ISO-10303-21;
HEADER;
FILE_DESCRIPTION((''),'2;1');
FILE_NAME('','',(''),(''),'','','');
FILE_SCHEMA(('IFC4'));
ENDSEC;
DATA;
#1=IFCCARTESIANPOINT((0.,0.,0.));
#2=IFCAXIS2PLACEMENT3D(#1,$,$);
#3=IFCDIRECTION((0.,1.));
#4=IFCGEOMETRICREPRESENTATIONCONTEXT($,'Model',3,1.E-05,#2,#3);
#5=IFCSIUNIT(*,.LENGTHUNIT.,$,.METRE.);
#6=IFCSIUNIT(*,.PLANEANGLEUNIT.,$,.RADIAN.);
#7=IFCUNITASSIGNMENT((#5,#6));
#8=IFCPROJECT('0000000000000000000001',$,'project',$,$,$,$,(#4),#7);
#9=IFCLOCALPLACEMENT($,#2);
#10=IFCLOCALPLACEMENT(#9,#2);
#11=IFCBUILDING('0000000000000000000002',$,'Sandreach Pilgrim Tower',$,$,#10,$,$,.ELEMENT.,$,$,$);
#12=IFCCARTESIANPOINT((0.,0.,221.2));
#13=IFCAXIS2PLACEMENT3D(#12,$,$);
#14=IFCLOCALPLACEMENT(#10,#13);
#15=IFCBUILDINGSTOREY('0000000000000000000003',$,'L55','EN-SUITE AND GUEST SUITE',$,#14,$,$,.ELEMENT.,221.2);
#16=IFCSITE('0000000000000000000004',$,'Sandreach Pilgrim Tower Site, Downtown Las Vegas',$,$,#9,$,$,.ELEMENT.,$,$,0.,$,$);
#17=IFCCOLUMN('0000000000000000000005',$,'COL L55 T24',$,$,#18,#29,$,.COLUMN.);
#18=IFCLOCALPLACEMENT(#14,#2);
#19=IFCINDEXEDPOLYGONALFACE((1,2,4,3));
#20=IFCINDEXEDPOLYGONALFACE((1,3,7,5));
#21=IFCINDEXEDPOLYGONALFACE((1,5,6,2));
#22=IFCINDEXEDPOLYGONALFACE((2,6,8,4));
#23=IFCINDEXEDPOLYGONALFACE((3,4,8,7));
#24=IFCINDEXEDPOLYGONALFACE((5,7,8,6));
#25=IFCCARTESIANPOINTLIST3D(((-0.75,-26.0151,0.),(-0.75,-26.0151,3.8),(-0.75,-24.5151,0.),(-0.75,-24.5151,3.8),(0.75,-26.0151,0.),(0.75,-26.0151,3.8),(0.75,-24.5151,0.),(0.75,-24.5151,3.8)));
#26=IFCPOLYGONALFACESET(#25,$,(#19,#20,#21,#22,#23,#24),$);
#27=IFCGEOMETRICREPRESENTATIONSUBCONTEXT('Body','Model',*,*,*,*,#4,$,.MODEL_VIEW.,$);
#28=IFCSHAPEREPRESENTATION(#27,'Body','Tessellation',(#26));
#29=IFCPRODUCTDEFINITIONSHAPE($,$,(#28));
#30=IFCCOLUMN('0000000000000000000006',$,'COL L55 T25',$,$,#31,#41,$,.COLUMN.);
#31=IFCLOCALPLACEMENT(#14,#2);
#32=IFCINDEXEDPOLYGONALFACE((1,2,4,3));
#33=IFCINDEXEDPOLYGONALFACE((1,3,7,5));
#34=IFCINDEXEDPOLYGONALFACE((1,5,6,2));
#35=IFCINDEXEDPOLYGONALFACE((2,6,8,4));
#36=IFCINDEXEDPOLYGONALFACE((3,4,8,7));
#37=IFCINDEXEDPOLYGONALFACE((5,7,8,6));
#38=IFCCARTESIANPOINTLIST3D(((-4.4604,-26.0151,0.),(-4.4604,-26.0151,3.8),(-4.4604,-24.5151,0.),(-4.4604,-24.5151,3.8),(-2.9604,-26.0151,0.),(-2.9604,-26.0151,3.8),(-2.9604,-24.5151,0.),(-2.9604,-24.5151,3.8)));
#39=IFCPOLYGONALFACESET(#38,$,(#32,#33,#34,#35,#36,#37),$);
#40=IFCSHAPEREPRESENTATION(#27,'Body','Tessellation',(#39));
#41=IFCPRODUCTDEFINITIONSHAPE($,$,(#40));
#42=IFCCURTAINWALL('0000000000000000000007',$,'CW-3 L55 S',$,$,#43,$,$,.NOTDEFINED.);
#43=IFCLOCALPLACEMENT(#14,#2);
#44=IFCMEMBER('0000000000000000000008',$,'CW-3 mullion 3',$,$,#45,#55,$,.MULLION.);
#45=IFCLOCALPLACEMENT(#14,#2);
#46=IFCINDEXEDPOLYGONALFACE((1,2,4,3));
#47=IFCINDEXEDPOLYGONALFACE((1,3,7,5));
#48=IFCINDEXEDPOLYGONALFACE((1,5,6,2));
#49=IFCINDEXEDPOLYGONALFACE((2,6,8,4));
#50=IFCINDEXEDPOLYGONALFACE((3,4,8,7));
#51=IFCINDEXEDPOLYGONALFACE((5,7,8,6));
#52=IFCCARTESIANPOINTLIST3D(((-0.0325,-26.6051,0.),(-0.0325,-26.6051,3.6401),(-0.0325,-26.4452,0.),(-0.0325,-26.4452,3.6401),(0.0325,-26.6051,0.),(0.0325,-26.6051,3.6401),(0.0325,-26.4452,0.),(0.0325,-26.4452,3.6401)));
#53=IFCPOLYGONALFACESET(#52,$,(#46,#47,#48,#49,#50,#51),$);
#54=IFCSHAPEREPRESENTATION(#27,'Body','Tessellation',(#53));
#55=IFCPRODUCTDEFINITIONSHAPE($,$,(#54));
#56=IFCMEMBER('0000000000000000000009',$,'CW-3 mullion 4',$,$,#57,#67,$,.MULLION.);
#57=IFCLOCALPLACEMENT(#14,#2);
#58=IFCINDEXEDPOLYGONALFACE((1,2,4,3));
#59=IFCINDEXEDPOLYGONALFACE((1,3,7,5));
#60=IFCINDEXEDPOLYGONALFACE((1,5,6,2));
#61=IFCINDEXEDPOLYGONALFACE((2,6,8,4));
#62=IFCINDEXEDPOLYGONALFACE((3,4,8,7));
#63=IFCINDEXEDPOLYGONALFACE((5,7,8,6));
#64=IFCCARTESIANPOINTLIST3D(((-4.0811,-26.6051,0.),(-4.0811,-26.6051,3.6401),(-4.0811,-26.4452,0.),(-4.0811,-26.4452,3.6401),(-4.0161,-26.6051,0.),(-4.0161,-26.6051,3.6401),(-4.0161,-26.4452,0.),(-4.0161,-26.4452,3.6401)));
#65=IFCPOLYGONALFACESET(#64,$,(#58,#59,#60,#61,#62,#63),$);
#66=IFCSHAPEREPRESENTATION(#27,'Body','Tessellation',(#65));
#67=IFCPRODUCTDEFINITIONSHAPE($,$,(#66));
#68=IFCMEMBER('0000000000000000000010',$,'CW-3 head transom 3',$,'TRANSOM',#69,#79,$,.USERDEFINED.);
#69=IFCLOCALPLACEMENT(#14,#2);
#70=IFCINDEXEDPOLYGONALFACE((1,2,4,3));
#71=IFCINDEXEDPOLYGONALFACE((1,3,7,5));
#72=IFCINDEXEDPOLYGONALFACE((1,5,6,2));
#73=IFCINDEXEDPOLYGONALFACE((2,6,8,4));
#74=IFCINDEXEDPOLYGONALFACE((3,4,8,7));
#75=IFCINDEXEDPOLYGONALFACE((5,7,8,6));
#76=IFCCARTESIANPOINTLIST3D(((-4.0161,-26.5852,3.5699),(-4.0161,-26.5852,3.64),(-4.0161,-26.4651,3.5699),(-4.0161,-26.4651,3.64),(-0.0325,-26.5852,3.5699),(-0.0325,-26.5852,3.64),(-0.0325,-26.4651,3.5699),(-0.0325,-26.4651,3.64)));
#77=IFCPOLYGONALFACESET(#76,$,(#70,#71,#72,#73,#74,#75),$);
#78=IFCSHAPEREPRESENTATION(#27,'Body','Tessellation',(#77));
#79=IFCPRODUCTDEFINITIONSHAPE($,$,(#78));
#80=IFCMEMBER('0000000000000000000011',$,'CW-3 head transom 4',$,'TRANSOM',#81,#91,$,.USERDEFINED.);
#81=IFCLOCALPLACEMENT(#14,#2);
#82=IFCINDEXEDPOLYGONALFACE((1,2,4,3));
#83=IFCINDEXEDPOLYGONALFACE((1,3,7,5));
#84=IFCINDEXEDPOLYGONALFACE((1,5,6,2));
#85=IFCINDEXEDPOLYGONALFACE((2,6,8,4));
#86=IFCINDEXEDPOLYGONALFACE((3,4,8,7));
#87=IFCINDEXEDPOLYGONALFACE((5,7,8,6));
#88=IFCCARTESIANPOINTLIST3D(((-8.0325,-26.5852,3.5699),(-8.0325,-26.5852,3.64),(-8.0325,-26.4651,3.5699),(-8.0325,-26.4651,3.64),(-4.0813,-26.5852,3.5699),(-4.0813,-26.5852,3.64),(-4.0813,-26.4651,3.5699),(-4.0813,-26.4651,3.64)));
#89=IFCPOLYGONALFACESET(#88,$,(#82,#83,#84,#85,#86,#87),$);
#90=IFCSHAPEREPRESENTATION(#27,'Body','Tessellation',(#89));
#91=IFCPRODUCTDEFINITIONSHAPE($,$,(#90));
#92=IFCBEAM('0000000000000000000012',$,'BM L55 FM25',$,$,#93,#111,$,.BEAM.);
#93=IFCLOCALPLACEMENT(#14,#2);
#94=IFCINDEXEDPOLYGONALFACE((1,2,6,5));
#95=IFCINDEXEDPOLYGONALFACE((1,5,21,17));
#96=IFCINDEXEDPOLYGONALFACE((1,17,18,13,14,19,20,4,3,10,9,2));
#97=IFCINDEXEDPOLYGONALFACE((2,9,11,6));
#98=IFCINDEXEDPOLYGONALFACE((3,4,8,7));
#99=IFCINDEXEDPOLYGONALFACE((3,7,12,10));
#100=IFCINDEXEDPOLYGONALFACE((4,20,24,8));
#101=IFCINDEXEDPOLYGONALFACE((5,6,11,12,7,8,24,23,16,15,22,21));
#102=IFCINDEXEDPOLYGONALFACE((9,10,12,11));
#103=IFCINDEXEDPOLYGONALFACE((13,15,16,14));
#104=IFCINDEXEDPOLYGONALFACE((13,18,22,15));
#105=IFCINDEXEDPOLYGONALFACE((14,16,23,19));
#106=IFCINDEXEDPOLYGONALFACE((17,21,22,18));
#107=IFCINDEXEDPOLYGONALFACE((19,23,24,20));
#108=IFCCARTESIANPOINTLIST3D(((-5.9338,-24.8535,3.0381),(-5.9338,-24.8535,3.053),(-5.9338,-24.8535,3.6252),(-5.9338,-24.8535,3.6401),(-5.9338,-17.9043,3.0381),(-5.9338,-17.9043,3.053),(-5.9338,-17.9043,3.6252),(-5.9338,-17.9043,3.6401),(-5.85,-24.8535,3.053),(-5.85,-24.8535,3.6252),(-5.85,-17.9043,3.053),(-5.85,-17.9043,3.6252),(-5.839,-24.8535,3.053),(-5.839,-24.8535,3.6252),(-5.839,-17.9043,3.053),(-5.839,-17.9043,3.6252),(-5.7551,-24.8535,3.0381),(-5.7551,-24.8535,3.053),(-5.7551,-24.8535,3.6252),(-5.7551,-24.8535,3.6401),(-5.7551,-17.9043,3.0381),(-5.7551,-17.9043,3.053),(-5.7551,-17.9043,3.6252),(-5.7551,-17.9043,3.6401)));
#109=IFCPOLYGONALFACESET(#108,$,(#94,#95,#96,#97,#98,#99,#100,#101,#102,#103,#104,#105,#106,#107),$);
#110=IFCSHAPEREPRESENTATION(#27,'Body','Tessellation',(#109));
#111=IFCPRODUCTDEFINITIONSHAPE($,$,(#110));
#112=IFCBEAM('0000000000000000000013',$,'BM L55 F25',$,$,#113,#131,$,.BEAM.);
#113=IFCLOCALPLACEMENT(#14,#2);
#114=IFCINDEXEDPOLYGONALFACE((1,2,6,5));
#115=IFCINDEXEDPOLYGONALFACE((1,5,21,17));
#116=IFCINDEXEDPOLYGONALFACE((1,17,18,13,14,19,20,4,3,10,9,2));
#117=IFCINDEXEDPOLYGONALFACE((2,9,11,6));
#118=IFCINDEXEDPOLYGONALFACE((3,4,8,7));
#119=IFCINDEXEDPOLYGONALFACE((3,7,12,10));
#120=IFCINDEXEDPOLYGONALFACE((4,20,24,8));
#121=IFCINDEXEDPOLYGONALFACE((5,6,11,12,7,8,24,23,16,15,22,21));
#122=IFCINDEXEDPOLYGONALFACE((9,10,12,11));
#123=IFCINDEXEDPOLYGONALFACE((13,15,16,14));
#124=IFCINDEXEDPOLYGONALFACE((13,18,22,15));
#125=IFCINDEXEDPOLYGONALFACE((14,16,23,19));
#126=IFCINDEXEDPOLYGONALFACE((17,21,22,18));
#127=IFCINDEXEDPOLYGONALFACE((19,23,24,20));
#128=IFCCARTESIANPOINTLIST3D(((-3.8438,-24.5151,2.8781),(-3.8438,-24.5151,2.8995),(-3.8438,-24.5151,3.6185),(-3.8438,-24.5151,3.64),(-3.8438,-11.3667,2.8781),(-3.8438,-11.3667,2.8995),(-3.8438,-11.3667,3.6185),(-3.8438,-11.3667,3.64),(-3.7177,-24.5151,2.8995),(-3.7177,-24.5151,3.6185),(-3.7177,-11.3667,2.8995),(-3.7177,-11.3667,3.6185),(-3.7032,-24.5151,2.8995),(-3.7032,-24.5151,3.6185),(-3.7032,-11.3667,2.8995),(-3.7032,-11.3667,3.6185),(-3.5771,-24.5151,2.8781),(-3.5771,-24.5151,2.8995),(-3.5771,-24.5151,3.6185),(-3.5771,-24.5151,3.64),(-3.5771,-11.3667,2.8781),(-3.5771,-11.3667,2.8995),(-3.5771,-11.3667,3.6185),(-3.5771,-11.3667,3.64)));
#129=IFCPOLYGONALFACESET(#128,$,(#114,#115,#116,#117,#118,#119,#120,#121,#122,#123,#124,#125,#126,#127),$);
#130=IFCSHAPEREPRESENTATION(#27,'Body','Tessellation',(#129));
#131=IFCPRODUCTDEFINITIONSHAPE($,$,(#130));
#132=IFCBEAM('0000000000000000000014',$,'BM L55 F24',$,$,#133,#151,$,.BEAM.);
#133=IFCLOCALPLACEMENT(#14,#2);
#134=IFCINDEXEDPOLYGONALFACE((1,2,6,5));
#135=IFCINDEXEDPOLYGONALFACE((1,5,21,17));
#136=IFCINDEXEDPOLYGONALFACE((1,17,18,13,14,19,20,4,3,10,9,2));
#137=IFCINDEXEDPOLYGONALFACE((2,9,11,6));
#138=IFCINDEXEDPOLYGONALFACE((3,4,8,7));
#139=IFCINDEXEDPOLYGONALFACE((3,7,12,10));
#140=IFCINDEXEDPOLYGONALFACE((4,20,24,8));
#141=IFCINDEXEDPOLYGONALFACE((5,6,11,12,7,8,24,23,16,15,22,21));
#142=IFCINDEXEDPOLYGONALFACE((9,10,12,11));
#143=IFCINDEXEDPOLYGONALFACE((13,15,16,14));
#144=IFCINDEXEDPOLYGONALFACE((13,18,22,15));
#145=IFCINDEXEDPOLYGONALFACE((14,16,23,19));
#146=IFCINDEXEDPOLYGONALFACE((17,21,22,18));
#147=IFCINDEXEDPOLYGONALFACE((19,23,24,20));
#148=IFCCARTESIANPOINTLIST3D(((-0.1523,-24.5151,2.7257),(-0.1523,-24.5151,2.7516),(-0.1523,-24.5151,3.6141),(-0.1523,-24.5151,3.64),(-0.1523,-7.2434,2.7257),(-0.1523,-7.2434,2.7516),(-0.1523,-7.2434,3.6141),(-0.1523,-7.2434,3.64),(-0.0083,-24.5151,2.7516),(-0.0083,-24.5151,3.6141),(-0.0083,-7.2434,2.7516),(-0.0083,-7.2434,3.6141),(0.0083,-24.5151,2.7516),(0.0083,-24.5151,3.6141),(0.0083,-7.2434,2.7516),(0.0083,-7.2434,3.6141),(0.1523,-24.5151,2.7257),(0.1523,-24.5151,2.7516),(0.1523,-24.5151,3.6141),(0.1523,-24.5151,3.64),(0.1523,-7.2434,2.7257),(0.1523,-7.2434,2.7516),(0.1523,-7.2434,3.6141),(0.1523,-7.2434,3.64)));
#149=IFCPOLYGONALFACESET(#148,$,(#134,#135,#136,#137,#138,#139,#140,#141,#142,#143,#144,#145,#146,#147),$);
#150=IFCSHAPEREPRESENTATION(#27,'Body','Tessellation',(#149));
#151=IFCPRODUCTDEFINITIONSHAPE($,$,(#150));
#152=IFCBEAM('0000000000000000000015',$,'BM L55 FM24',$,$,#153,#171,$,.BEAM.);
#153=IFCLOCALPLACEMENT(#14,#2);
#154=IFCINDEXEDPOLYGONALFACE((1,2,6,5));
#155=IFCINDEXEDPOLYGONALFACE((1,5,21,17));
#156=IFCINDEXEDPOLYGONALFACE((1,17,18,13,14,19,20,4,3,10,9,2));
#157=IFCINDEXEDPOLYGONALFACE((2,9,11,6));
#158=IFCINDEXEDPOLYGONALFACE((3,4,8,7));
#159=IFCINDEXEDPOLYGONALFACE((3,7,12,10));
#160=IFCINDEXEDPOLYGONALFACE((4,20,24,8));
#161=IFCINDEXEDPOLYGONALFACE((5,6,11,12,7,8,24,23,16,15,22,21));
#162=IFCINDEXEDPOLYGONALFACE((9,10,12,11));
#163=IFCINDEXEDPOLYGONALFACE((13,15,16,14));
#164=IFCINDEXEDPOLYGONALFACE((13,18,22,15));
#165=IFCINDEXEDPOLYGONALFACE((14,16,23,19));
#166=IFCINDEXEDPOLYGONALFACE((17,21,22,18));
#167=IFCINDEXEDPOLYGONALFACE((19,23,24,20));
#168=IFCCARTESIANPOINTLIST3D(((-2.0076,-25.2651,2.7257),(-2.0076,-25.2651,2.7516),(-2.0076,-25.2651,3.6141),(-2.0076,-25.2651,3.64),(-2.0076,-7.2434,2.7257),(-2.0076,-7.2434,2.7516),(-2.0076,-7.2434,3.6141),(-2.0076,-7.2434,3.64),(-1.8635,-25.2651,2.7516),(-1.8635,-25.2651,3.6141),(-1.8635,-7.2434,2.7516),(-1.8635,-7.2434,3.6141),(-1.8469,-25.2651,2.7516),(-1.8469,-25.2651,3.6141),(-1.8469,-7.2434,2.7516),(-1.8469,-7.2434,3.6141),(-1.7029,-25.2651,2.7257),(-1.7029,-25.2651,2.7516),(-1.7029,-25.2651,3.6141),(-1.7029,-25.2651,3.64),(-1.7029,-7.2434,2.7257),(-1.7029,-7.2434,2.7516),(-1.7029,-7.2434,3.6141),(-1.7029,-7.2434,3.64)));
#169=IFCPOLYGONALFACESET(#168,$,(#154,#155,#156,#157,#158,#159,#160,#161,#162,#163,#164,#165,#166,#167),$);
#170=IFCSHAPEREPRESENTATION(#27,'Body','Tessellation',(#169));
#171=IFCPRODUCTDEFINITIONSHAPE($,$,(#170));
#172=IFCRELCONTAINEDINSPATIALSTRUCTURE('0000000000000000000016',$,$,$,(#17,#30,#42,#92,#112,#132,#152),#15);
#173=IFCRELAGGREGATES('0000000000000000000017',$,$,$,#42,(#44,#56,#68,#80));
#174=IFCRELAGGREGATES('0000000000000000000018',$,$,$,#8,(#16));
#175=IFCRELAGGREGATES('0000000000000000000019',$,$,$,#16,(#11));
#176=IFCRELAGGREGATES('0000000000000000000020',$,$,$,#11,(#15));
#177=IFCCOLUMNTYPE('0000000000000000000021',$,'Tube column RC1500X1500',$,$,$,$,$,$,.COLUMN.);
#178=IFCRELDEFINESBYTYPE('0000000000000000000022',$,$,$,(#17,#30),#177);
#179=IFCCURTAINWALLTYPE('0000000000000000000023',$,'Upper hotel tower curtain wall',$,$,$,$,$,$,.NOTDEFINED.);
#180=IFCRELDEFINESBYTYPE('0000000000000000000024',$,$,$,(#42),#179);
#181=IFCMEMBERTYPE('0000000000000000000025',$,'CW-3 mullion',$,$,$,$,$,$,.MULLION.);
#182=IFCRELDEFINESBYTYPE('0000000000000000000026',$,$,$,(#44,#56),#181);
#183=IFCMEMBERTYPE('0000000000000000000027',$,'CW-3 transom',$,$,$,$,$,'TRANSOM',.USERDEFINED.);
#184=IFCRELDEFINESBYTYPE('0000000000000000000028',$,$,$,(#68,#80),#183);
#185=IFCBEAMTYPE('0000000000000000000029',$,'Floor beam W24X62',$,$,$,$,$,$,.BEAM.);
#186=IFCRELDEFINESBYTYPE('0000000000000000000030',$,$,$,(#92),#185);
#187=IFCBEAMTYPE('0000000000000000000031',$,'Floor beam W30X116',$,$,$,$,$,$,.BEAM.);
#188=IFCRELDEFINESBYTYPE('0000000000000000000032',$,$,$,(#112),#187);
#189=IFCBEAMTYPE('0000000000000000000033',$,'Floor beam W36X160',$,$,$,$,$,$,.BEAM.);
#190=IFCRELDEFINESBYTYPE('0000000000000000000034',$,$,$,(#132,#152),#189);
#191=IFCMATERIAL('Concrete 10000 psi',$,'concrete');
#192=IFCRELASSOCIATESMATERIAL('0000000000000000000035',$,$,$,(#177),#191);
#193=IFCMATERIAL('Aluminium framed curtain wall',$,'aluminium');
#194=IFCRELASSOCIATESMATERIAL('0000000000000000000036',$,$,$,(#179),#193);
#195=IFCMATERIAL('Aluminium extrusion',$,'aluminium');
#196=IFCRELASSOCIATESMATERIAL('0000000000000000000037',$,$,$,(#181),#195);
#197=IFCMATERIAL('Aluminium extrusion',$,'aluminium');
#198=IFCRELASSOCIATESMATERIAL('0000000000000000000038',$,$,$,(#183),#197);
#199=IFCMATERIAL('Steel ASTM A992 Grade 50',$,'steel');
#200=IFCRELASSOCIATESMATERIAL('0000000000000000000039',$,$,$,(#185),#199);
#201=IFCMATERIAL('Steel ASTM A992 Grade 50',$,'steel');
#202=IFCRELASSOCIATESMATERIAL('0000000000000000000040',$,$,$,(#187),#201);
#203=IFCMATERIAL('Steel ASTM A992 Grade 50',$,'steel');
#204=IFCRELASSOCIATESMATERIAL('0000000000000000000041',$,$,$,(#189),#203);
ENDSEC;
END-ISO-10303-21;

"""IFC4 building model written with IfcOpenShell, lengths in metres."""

from ifc_helpers import new_model, si_unit, direction, frame, origin, origin_2d, place, context, subcontext, project, spatial, rectangle, i_section, extrude, material, material_profile, profile_set, type_object, element, aggregate, save


model = new_model("IFC4")

# Units and contexts
model_context = context("Model", 3, precision=1e-05, world=origin(), true_north=direction((0.0, 1.0)))
body_context = subcontext(model_context, "Body", "Model", "MODEL_VIEW")
ifc_project = project(units=[si_unit("LENGTHUNIT", "METRE"), si_unit("PLANEANGLEUNIT", "RADIAN")], contexts=[model_context])

# Site, building, storey
site_placement = place(None, origin())
site = spatial("IfcSite", under=ifc_project, at=site_placement, Name="Sandreach Pilgrim Tower Site, Downtown Las Vegas", CompositionType="ELEMENT", RefElevation=0.0)
building_placement = place(site_placement, origin())
building = spatial("IfcBuilding", under=site, at=building_placement, Name="Sandreach Pilgrim Tower", CompositionType="ELEMENT")
storey_placement = place(building_placement, frame((0.0, 0.0, 221.2)))
storey = spatial("IfcBuildingStorey", under=building, at=storey_placement, Name="L55", Description="EN-SUITE AND GUEST SUITE", CompositionType="ELEMENT", Elevation=221.2)

# Columns
ifc_material_1 = material(Name="Concrete 10000 psi", Category="concrete")
ifc_material_profile_1 = material_profile(ifc_material_1, rectangle(XDim=1.5, YDim=1.5, at=origin_2d()), Name="RC1500X1500")
ifc_profile_set_1 = profile_set([ifc_material_profile_1], Name="Concrete 10000 psi")
column_type = type_object("IfcColumnType", Name="Tube column RC1500X1500", PredefinedType="COLUMN", material=ifc_profile_set_1)
for number, where, z_axis, x_axis, name in (
    (1, (0.0, -25.2651, 0.0), (0.0, 0.0, 1.0), (0.0, -1.0, 0.0), "COL L55 T24"),
    (2, (-3.7104, -25.2651, 0.0), (0.0, 0.0, 1.0), (0.0, -1.0, 0.0), "COL L55 T25"),
):
    element("IfcColumn", number, at=place(storey_placement, frame(where, z_axis=z_axis, x_axis=x_axis)), inside=storey, type_object=column_type, Name=name, PredefinedType="COLUMN", context=body_context, shape_type="SweptSolid", body=[
        extrude(rectangle(XDim=1.5, YDim=1.5, at=origin_2d()), origin(), (0.0, 0.0, 1.0), 3.8),
    ])

# Curtain wall, members
ifc_material_2 = material(Name="Aluminium framed curtain wall", Category="aluminium")
curtain_wall_type = type_object("IfcCurtainWallType", Name="Upper hotel tower curtain wall", PredefinedType="NOTDEFINED", material=ifc_material_2)
curtain_wall_placement = place(storey_placement, origin())
curtain_wall = element("IfcCurtainWall", 3, at=curtain_wall_placement, inside=storey, type_object=curtain_wall_type, Name="CW-3 L55 S", PredefinedType="NOTDEFINED")
ifc_material_3 = material(Name="Aluminium extrusion", Category="aluminium")
ifc_material_profile_2 = material_profile(ifc_material_3, rectangle(XDim=0.0649, YDim=0.1599, at=origin_2d()), Name="CW-3M 65X160")
ifc_profile_set_2 = profile_set([ifc_material_profile_2], Name="Aluminium extrusion")
member_type_1 = type_object("IfcMemberType", Name="CW-3 mullion", PredefinedType="MULLION", material=ifc_profile_set_2)
member_1_placement = place(storey_placement, frame((0.0, -26.5251, 0.0), z_axis=(0.0, 0.0, 1.0), x_axis=(-1.0, 0.0, 0.0)))
member_1 = element("IfcMember", 4, at=member_1_placement, type_object=member_type_1, Name="CW-3 mullion 3", PredefinedType="MULLION", context=body_context, shape_type="SweptSolid", body=[
    extrude(rectangle(XDim=0.0649, YDim=0.1599, at=origin_2d()), origin(), (0.0, 0.0, 1.0), 3.6401),
])
member_2_placement = place(storey_placement, frame((-4.0486, -26.5251, 0.0), z_axis=(0.0, 0.0, 1.0), x_axis=(-1.0, 0.0, 0.0)))
member_2 = element("IfcMember", 5, at=member_2_placement, type_object=member_type_1, Name="CW-3 mullion 4", PredefinedType="MULLION", context=body_context, shape_type="SweptSolid", body=[
    extrude(rectangle(XDim=0.0649, YDim=0.1599, at=origin_2d()), origin(), (0.0, 0.0, 1.0), 3.6401),
])
ifc_material_4 = material(Name="Aluminium extrusion", Category="aluminium")
ifc_material_profile_3 = material_profile(ifc_material_4, rectangle(XDim=0.1201, YDim=0.0701, at=origin_2d()), Name="CW-3T 120X70")
ifc_profile_set_3 = profile_set([ifc_material_profile_3], Name="Aluminium extrusion")
member_type_2 = type_object("IfcMemberType", Name="CW-3 transom", ElementType="TRANSOM", PredefinedType="USERDEFINED", material=ifc_profile_set_3)
member_3_placement = place(storey_placement, frame((-0.0325, -26.5251, 3.605), z_axis=(-1.0, 0.0, 0.0), x_axis=(0.0, -1.0, 0.0)))
member_3 = element("IfcMember", 6, at=member_3_placement, type_object=member_type_2, Name="CW-3 head transom 3", ObjectType="TRANSOM", PredefinedType="USERDEFINED", context=body_context, shape_type="SweptSolid", body=[
    extrude(rectangle(XDim=0.1201, YDim=0.0701, at=origin_2d()), origin(), (0.0, 0.0, 1.0), 3.9836),
])
member_4_placement = place(storey_placement, frame((-4.0813, -26.5251, 3.605), z_axis=(-1.0, 0.0, 0.0), x_axis=(0.0, -1.0, 0.0)))
member_4 = element("IfcMember", 7, at=member_4_placement, type_object=member_type_2, Name="CW-3 head transom 4", ObjectType="TRANSOM", PredefinedType="USERDEFINED", context=body_context, shape_type="SweptSolid", body=[
    extrude(rectangle(XDim=0.1201, YDim=0.0701, at=origin_2d()), origin(), (0.0, 0.0, 1.0), 3.9512),
])

# Beams
ifc_material_5 = material(Name="Steel ASTM A992 Grade 50", Category="steel")
ifc_material_profile_4 = material_profile(ifc_material_5, i_section(OverallWidth=0.1787, OverallDepth=0.6021, WebThickness=0.011, FlangeThickness=0.0149, at=origin_2d()), Name="W24X62")
ifc_profile_set_4 = profile_set([ifc_material_profile_4], Name="Steel ASTM A992 Grade 50")
beam_type_1 = type_object("IfcBeamType", Name="Floor beam W24X62", PredefinedType="BEAM", material=ifc_profile_set_4)
beam_1_placement = place(storey_placement, frame((-5.8445, -24.8535, 3.3391), z_axis=(0.0, 1.0, 0.0), x_axis=(-1.0, 0.0, 0.0)))
element("IfcBeam", 8, at=beam_1_placement, inside=storey, type_object=beam_type_1, Name="BM L55 FM25", PredefinedType="BEAM", context=body_context, shape_type="SweptSolid", body=[
    extrude(i_section(OverallWidth=0.1787, OverallDepth=0.6021, WebThickness=0.011, FlangeThickness=0.0149, at=origin_2d()), origin(), (0.0, 0.0, 1.0), 6.9492),
])
ifc_material_6 = material(Name="Steel ASTM A992 Grade 50", Category="steel")
ifc_material_profile_5 = material_profile(ifc_material_6, i_section(OverallWidth=0.2666, OverallDepth=0.762, WebThickness=0.0144, FlangeThickness=0.0215, at=origin_2d()), Name="W30X116")
ifc_profile_set_5 = profile_set([ifc_material_profile_5], Name="Steel ASTM A992 Grade 50")
beam_type_2 = type_object("IfcBeamType", Name="Floor beam W30X116", PredefinedType="BEAM", material=ifc_profile_set_5)
beam_2_placement = place(storey_placement, frame((-3.7104, -24.5151, 3.259), z_axis=(0.0, 1.0, 0.0), x_axis=(-1.0, 0.0, 0.0)))
element("IfcBeam", 9, at=beam_2_placement, inside=storey, type_object=beam_type_2, Name="BM L55 F25", PredefinedType="BEAM", context=body_context, shape_type="SweptSolid", body=[
    extrude(i_section(OverallWidth=0.2666, OverallDepth=0.762, WebThickness=0.0144, FlangeThickness=0.0215, at=origin_2d()), origin(), (0.0, 0.0, 1.0), 13.1484),
])
ifc_material_7 = material(Name="Steel ASTM A992 Grade 50", Category="steel")
ifc_material_profile_6 = material_profile(ifc_material_7, i_section(OverallWidth=0.3047, OverallDepth=0.9143, WebThickness=0.0166, FlangeThickness=0.0259, at=origin_2d()), Name="W36X160")
ifc_profile_set_6 = profile_set([ifc_material_profile_6], Name="Steel ASTM A992 Grade 50")
beam_type_3 = type_object("IfcBeamType", Name="Floor beam W36X160", PredefinedType="BEAM", material=ifc_profile_set_6)
beam_3_placement = place(storey_placement, frame((0.0, -24.5151, 3.1829), z_axis=(0.0, 1.0, 0.0), x_axis=(-1.0, 0.0, 0.0)))
element("IfcBeam", 10, at=beam_3_placement, inside=storey, type_object=beam_type_3, Name="BM L55 F24", PredefinedType="BEAM", context=body_context, shape_type="SweptSolid", body=[
    extrude(i_section(OverallWidth=0.3047, OverallDepth=0.9143, WebThickness=0.0166, FlangeThickness=0.0259, at=origin_2d()), origin(), (0.0, 0.0, 1.0), 17.2717),
])
beam_4_placement = place(storey_placement, frame((-1.8552, -25.2651, 3.1829), z_axis=(0.0, 1.0, 0.0), x_axis=(-1.0, 0.0, 0.0)))
element("IfcBeam", 11, at=beam_4_placement, inside=storey, type_object=beam_type_3, Name="BM L55 FM24", PredefinedType="BEAM", context=body_context, shape_type="SweptSolid", body=[
    extrude(i_section(OverallWidth=0.3047, OverallDepth=0.9143, WebThickness=0.0166, FlangeThickness=0.0259, at=origin_2d()), origin(), (0.0, 0.0, 1.0), 18.0217),
])

aggregate(curtain_wall, [member_1, member_2, member_3, member_4])

save(model, "model.ifc")
